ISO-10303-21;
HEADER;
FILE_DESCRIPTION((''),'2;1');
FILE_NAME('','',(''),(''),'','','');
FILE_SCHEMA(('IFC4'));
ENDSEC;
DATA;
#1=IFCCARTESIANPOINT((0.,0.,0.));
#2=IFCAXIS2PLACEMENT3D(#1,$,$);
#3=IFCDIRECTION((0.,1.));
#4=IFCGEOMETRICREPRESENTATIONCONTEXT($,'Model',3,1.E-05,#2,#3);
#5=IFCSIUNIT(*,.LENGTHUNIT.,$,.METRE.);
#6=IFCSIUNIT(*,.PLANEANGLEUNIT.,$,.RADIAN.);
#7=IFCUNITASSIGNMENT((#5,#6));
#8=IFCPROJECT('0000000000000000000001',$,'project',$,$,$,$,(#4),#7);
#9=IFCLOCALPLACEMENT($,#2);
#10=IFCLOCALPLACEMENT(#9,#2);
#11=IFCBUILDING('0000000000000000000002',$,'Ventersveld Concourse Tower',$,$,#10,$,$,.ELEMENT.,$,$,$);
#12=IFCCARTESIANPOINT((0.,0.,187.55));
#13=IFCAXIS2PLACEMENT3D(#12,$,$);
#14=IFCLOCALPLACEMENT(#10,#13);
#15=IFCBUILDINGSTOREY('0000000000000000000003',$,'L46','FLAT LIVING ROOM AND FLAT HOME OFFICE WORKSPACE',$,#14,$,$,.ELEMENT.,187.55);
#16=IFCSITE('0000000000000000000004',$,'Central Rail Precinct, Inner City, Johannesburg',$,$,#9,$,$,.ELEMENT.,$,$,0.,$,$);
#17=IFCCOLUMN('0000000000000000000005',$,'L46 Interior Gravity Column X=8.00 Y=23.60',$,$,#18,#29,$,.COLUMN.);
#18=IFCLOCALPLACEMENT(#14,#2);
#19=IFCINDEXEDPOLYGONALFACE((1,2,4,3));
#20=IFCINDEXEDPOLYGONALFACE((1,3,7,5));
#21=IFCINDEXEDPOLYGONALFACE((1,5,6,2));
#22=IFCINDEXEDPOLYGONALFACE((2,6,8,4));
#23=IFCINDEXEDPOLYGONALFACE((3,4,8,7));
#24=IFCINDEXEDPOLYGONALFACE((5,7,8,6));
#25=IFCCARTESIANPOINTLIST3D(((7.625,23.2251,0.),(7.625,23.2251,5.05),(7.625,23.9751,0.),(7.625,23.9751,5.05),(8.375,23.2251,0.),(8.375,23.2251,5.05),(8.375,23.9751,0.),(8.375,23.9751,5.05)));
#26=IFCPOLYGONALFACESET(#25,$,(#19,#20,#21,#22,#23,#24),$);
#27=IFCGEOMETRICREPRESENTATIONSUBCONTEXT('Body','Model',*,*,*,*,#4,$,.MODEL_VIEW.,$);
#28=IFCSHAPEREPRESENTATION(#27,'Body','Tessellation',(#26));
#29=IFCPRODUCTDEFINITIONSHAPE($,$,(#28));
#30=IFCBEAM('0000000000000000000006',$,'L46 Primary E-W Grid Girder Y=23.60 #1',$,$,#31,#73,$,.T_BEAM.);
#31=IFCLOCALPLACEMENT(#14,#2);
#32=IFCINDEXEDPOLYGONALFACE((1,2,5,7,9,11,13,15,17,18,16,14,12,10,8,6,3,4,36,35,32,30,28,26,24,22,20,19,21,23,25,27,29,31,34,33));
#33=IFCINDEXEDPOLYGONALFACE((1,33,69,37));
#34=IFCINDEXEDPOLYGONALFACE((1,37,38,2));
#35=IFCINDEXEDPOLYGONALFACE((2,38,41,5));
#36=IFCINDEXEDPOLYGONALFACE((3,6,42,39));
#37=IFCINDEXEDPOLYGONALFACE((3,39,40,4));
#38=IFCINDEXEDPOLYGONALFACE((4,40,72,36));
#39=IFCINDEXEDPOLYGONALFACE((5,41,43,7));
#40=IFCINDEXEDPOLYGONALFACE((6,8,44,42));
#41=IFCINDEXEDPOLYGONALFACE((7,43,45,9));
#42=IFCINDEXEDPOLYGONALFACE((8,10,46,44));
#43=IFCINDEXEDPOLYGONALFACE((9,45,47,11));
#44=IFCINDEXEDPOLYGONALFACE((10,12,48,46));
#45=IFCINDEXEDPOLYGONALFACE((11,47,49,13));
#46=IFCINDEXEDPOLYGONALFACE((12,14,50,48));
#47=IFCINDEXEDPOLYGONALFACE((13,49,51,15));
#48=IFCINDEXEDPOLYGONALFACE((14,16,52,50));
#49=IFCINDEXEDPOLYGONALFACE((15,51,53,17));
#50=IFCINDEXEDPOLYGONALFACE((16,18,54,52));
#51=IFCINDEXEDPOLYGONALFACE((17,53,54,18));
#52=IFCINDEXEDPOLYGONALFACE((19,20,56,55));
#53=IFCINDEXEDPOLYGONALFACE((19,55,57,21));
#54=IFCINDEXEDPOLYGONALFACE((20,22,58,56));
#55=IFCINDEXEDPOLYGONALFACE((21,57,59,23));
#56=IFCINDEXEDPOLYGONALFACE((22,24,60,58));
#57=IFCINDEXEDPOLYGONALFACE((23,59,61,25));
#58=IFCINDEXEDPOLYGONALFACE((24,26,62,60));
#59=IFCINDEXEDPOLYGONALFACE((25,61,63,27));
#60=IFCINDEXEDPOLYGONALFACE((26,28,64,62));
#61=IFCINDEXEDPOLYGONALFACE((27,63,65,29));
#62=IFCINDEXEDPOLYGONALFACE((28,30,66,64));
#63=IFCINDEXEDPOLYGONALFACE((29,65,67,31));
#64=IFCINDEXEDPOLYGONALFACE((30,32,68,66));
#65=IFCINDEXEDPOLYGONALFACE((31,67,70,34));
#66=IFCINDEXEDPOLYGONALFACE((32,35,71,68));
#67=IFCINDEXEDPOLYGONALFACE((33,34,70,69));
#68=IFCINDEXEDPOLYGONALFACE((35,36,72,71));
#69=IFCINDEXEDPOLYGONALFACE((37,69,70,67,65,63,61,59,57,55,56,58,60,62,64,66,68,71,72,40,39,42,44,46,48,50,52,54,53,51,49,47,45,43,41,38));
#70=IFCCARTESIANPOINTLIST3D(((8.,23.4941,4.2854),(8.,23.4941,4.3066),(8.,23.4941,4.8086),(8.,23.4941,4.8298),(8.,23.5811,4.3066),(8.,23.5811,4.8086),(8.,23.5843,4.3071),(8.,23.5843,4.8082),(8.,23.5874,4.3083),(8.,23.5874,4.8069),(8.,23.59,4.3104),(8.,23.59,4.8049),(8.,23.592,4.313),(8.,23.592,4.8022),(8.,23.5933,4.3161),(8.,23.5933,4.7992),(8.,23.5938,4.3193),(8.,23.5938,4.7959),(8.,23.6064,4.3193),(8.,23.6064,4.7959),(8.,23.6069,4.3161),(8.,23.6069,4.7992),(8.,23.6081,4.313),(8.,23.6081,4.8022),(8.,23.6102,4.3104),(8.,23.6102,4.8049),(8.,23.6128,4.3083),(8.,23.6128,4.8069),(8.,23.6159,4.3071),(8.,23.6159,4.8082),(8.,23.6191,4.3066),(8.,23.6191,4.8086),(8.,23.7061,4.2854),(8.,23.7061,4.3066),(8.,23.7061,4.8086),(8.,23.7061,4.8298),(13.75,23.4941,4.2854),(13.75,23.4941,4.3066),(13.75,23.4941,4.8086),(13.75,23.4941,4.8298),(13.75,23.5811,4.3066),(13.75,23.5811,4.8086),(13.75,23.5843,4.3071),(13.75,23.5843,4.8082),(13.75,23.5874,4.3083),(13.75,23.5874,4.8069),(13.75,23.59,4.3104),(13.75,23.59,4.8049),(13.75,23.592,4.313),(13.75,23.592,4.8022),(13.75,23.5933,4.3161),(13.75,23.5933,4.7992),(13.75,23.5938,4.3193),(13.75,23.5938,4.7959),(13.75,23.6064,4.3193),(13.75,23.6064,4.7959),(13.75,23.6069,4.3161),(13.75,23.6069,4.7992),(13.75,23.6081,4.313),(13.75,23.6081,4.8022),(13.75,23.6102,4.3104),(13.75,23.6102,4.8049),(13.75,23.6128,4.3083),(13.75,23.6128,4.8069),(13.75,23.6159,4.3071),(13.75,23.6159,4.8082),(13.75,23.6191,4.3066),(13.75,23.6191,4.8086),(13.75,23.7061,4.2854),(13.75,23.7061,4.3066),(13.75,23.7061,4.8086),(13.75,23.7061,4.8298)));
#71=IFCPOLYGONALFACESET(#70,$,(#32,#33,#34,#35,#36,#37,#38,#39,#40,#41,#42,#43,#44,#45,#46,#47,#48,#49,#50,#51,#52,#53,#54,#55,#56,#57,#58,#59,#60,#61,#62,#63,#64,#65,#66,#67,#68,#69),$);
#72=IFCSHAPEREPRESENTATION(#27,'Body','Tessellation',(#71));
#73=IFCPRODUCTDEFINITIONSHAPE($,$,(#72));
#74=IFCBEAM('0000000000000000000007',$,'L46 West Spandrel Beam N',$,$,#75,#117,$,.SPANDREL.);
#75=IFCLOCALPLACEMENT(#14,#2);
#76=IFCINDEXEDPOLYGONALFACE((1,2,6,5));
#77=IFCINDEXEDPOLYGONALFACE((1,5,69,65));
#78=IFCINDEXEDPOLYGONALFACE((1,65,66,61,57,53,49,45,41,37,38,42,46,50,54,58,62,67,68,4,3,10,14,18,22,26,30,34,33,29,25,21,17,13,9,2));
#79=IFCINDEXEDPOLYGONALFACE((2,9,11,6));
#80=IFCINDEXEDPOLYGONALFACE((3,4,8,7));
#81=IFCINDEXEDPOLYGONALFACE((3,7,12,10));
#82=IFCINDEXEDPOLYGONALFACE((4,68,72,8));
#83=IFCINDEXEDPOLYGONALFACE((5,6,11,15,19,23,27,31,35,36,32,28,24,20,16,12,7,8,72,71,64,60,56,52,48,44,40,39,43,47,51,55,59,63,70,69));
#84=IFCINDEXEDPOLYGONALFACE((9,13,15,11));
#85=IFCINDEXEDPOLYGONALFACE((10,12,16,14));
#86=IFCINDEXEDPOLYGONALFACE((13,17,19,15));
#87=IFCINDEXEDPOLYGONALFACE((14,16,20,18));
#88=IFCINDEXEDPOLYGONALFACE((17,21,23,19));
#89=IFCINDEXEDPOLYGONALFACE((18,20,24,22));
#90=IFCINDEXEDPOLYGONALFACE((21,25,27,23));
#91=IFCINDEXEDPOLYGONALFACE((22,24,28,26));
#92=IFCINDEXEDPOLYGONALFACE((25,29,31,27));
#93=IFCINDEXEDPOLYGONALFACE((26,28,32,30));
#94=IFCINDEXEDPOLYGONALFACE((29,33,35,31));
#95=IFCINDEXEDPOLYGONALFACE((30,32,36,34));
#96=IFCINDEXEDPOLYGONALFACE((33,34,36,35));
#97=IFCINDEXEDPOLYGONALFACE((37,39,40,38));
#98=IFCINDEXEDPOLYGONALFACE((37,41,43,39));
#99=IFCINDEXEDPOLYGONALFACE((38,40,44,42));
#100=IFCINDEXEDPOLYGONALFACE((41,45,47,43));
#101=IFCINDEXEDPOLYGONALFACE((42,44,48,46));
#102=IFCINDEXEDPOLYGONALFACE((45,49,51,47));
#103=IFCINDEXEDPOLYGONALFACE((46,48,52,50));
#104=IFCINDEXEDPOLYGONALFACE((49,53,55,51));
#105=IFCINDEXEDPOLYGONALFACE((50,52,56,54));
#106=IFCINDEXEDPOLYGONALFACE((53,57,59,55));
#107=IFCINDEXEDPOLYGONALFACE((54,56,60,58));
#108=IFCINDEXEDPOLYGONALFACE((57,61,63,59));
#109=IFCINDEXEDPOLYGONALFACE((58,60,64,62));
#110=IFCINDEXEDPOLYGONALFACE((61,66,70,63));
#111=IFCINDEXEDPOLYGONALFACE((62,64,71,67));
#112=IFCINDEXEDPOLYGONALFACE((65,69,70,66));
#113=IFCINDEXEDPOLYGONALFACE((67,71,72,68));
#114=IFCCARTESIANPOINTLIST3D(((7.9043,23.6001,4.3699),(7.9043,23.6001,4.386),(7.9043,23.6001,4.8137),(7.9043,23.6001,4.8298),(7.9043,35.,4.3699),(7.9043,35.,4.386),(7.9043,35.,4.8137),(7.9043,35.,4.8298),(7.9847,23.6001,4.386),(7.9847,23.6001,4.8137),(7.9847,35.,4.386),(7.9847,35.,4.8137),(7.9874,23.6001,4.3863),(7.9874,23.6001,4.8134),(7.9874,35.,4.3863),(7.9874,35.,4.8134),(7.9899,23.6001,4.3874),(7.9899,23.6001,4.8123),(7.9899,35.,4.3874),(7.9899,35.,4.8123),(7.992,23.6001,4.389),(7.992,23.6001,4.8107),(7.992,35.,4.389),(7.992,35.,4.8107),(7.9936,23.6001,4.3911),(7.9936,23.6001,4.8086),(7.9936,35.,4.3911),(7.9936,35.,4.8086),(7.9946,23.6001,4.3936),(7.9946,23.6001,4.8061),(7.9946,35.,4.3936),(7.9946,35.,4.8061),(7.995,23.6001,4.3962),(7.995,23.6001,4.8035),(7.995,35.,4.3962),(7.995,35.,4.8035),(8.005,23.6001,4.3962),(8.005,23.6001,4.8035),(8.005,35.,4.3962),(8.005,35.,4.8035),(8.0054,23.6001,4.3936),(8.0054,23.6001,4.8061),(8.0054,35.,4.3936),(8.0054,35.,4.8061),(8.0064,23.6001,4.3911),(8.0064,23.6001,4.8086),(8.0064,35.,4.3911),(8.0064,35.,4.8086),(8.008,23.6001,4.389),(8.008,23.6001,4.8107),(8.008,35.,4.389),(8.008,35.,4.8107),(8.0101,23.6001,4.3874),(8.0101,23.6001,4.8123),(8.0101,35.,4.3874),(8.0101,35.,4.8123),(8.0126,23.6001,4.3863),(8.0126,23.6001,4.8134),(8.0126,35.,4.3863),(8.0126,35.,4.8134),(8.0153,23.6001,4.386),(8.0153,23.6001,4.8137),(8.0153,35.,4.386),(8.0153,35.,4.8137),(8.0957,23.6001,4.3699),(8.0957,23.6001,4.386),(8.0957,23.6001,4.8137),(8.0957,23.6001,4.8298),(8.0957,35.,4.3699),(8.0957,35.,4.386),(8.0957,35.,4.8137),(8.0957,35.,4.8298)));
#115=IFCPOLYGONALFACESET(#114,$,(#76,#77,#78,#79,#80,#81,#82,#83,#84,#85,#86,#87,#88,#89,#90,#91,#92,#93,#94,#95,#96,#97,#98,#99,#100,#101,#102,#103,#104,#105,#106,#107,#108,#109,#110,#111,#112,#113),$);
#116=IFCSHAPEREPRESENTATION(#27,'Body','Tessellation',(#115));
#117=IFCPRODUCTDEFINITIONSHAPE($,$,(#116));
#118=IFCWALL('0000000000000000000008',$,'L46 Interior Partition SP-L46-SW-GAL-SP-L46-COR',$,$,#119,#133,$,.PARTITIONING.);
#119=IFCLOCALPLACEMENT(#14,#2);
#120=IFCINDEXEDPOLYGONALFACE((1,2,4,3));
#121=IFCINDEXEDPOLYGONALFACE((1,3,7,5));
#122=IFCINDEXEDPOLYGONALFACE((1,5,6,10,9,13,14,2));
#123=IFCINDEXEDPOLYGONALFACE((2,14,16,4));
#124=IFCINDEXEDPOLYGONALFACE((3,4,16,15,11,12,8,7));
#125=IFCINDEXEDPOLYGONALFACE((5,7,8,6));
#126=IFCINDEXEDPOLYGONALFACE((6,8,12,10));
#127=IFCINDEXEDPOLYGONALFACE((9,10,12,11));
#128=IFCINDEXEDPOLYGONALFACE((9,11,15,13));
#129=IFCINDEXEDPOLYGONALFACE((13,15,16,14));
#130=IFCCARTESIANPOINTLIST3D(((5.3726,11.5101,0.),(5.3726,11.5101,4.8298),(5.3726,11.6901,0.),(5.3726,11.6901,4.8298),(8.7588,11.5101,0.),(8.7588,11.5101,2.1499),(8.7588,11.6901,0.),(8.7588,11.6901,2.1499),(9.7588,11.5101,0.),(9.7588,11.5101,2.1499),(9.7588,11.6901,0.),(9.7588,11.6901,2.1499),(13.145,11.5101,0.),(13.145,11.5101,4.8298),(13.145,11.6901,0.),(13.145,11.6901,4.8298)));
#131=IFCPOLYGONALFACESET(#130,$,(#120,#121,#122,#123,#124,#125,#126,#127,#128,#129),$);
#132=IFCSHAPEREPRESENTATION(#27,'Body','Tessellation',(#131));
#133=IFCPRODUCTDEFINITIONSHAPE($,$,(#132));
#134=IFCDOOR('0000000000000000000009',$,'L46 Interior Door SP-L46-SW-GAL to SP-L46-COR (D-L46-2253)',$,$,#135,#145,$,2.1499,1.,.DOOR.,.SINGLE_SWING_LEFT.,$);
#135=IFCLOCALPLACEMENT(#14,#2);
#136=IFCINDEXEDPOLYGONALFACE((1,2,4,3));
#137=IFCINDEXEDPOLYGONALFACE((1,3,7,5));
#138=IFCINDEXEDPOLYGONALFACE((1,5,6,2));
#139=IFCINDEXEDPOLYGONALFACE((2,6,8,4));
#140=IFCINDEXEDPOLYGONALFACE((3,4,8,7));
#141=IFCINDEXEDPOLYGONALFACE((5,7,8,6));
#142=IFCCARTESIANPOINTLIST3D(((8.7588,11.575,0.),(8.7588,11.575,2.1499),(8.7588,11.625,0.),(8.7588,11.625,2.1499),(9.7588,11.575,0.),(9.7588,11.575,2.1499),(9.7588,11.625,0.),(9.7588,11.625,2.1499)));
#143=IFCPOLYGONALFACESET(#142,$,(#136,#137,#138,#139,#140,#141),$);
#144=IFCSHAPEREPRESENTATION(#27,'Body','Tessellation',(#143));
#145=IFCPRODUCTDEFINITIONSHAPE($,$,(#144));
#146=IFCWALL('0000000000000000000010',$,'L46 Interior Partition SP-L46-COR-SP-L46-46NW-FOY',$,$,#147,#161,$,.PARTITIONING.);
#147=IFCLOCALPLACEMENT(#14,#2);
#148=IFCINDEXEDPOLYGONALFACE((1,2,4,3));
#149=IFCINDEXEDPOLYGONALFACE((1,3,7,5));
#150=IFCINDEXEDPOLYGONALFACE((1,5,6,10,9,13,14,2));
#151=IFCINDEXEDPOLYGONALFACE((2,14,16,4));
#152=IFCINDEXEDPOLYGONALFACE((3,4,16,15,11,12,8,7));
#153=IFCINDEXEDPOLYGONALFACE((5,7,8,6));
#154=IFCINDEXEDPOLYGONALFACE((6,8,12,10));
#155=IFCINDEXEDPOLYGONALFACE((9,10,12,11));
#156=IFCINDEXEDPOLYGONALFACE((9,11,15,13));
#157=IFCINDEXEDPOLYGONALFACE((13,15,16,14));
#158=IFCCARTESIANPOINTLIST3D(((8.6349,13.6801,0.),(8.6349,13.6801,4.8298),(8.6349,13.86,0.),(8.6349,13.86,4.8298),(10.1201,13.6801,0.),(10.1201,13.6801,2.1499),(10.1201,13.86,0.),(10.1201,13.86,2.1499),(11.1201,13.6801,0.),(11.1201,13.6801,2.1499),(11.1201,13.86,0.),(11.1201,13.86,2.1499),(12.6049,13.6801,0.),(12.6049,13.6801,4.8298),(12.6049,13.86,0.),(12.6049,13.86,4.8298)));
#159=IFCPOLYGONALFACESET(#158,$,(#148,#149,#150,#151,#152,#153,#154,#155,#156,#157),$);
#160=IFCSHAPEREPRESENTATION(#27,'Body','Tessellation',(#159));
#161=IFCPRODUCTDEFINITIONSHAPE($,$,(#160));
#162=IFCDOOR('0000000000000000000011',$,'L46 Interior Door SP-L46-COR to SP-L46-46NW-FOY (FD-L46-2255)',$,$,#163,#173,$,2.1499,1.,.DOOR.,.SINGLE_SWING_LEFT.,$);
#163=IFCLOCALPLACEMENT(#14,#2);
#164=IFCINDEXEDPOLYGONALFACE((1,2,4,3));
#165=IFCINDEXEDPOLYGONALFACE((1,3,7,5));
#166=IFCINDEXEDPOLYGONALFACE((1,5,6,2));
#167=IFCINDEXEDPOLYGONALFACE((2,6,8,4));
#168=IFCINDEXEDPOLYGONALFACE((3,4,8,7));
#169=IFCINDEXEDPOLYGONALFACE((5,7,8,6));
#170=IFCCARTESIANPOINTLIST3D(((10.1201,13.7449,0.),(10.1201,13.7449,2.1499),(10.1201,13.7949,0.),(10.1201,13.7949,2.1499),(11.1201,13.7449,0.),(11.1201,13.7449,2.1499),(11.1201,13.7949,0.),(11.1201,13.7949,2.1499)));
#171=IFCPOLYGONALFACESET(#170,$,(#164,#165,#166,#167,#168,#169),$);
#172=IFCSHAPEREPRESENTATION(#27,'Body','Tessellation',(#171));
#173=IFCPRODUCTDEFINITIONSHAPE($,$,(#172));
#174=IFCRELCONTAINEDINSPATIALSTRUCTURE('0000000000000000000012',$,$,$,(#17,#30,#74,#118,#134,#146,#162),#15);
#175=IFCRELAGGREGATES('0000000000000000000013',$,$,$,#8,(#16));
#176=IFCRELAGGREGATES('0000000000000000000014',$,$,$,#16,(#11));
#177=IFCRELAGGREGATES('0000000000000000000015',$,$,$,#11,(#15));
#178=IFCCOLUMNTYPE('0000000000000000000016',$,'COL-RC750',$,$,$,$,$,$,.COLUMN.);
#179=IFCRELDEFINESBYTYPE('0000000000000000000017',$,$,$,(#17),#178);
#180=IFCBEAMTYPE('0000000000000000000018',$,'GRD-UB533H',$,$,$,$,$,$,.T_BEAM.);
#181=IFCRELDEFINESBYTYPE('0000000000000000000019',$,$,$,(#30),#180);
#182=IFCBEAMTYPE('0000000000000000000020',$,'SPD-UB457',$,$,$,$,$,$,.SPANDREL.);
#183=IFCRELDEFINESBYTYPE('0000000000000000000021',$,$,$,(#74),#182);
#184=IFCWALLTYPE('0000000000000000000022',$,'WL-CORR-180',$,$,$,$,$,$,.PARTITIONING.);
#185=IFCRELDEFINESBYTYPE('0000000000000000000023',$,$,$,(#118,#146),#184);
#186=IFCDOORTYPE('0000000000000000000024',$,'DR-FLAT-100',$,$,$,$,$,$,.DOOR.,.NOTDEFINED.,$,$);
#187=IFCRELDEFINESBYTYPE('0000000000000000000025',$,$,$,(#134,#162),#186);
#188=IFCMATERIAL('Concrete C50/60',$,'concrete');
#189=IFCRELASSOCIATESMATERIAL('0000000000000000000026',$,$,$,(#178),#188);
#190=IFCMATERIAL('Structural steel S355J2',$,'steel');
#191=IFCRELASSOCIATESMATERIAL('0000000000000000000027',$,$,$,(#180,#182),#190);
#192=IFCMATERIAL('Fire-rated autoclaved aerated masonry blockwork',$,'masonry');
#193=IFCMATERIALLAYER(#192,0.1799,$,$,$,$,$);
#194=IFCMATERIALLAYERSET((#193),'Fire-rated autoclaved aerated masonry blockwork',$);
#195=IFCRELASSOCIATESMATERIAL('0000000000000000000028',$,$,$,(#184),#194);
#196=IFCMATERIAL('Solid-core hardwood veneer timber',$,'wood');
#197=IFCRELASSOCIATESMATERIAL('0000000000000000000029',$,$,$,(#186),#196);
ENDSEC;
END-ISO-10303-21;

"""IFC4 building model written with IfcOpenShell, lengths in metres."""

from ifc_helpers import new_model, si_unit, direction, frame, frame_2d, origin, origin_2d, place, context, subcontext, project, spatial, rectangle, i_section, extrude, material, layer, layer_set, material_profile, profile_set, type_object, element, fill, save


model = new_model("IFC4")

# Units and contexts
model_context = context("Model", 3, precision=1e-05, world=origin(), true_north=direction((0.0, 1.0)))
body_context = subcontext(model_context, "Body", "Model", "MODEL_VIEW")
ifc_project = project(units=[si_unit("LENGTHUNIT", "METRE"), si_unit("PLANEANGLEUNIT", "RADIAN")], contexts=[model_context])

# Site, building, storey
site_placement = place(None, origin())
site = spatial("IfcSite", under=ifc_project, at=site_placement, Name="Central Rail Precinct, Inner City, Johannesburg", CompositionType="ELEMENT", RefElevation=0.0)
building_placement = place(site_placement, origin())
building = spatial("IfcBuilding", under=site, at=building_placement, Name="Ventersveld Concourse Tower", CompositionType="ELEMENT")
storey_placement = place(building_placement, frame((0.0, 0.0, 187.55)))
storey = spatial("IfcBuildingStorey", under=building, at=storey_placement, Name="L46", Description="FLAT LIVING ROOM AND FLAT HOME OFFICE WORKSPACE", CompositionType="ELEMENT", Elevation=187.55)

# Column
ifc_material_1 = material(Name="Concrete C50/60", Category="concrete")
ifc_material_profile_1 = material_profile(ifc_material_1, rectangle(XDim=0.75, YDim=0.75, at=origin_2d()), Name="RC 750x750")
ifc_profile_set_1 = profile_set([ifc_material_profile_1], Name="Concrete C50/60")
column_type = type_object("IfcColumnType", Name="COL-RC750", PredefinedType="COLUMN", material=ifc_profile_set_1)
column_placement = place(storey_placement, frame((8.0, 23.6001, 0.0), z_axis=(0.0, 0.0, 1.0), x_axis=(1.0, 0.0, 0.0)))
element("IfcColumn", 1, at=column_placement, inside=storey, type_object=column_type, Name="L46 Interior Gravity Column X=8.00 Y=23.60", PredefinedType="COLUMN", context=body_context, shape_type="SweptSolid", body=[
    extrude(rectangle(XDim=0.75, YDim=0.75, at=origin_2d()), origin(), (0.0, 0.0, 1.0), 5.05),
])

# Beams
ifc_material_2 = material(Name="Structural steel S355J2", Category="steel")
ifc_material_profile_2 = material_profile(ifc_material_2, i_section(OverallWidth=0.2119, OverallDepth=0.5444, WebThickness=0.0127, FlangeThickness=0.0212, FilletRadius=0.0127, at=origin_2d()), Name="UB 533x210x122")
ifc_profile_set_2 = profile_set([ifc_material_profile_2], Name="Structural steel S355J2")
beam_type_1 = type_object("IfcBeamType", Name="GRD-UB533H", PredefinedType="T_BEAM", material=ifc_profile_set_2)
beam_1_placement = place(storey_placement, frame((8.0, 23.6001, 4.5576), z_axis=(1.0, 0.0, 0.0), x_axis=(0.0, 1.0, 0.0)))
element("IfcBeam", 2, at=beam_1_placement, inside=storey, type_object=beam_type_1, Name="L46 Primary E-W Grid Girder Y=23.60 #1", PredefinedType="T_BEAM", context=body_context, shape_type="SweptSolid", body=[
    extrude(i_section(OverallWidth=0.2119, OverallDepth=0.5444, WebThickness=0.0127, FlangeThickness=0.0212, FilletRadius=0.0127, at=origin_2d()), origin(), (0.0, 0.0, 1.0), 5.75),
])
ifc_material_profile_3 = material_profile(ifc_material_2, i_section(OverallWidth=0.1914, OverallDepth=0.46, WebThickness=0.01, FlangeThickness=0.0161, FilletRadius=0.0103, at=origin_2d()), Name="UB 457x191x82")
ifc_profile_set_3 = profile_set([ifc_material_profile_3], Name="Structural steel S355J2")
beam_type_2 = type_object("IfcBeamType", Name="SPD-UB457", PredefinedType="SPANDREL", material=ifc_profile_set_3)
beam_2_placement = place(storey_placement, frame((8.0, 23.6001, 4.5999), z_axis=(0.0, 1.0, 0.0), x_axis=(-1.0, 0.0, 0.0)))
element("IfcBeam", 3, at=beam_2_placement, inside=storey, type_object=beam_type_2, Name="L46 West Spandrel Beam N", PredefinedType="SPANDREL", context=body_context, shape_type="SweptSolid", body=[
    extrude(i_section(OverallWidth=0.1914, OverallDepth=0.46, WebThickness=0.01, FlangeThickness=0.0161, FilletRadius=0.0103, at=origin_2d()), origin(), (0.0, 0.0, 1.0), 11.3999),
])

# Walls, openings, doors
ifc_material_3 = material(Name="Fire-rated autoclaved aerated masonry blockwork", Category="masonry")
ifc_layer_1 = layer(ifc_material_3, 0.1799)
ifc_layer_set_1 = layer_set([ifc_layer_1], Name="Fire-rated autoclaved aerated masonry blockwork")
wall_type_1 = type_object("IfcWallType", Name="WL-CORR-180", PredefinedType="PARTITIONING", material=ifc_layer_set_1)
wall_1_placement = place(storey_placement, frame((5.3726, 11.6001, 0.0), z_axis=(0.0, 0.0, 1.0), x_axis=(1.0, 0.0, 0.0)))
wall_1 = element("IfcWall", 4, at=wall_1_placement, inside=storey, type_object=wall_type_1, Name="L46 Interior Partition SP-L46-SW-GAL-SP-L46-COR", PredefinedType="PARTITIONING", context=body_context, shape_type="SweptSolid", body=[
    extrude(rectangle(XDim=7.7725, YDim=0.1799, at=frame_2d((3.8862, 0.0))), origin(), (0.0, 0.0, 1.0), 4.8298),
])
opening_1_placement = place(wall_1_placement, frame((3.3862, 0.0, 0.0)))
opening_1 = element("IfcOpeningElement", 5, at=opening_1_placement, cuts=wall_1, PredefinedType="OPENING", context=body_context, shape_type="SweptSolid", body=[
    extrude(rectangle(XDim=1.0, YDim=2.1499, at=frame_2d((0.5, 1.075))), frame((0.0, 0.1001, 0.0), z_axis=(0.0, -1.0, 0.0), x_axis=(1.0, 0.0, 0.0)), (0.0, 0.0, 1.0), 0.2),
])
ifc_material_4 = material(Name="Solid-core hardwood veneer timber", Category="wood")
door_type_1 = type_object("IfcDoorType", Name="DR-FLAT-100", OperationType="NOTDEFINED", PredefinedType="DOOR", material=ifc_material_4)
door_1_placement = place(opening_1_placement, origin())
door_1 = element("IfcDoor", 6, at=door_1_placement, inside=storey, type_object=door_type_1, Name="L46 Interior Door SP-L46-SW-GAL to SP-L46-COR (D-L46-2253)", OperationType="SINGLE_SWING_LEFT", OverallHeight=2.1499, OverallWidth=1.0, PredefinedType="DOOR", context=body_context, shape_type="SweptSolid", body=[
    extrude(rectangle(XDim=1.0, YDim=2.1499, at=frame_2d((0.5, 1.075))), frame((0.0, 0.0249, 0.0), z_axis=(0.0, -1.0, 0.0), x_axis=(1.0, 0.0, 0.0)), (0.0, 0.0, 1.0), 0.05),
])
fill(opening_1, door_1)
wall_2_placement = place(storey_placement, frame((8.635, 13.77, 0.0), z_axis=(0.0, 0.0, 1.0), x_axis=(1.0, 0.0, 0.0)))
wall_2 = element("IfcWall", 7, at=wall_2_placement, inside=storey, type_object=wall_type_1, Name="L46 Interior Partition SP-L46-COR-SP-L46-46NW-FOY", PredefinedType="PARTITIONING", context=body_context, shape_type="SweptSolid", body=[
    extrude(rectangle(XDim=3.97, YDim=0.1799, at=frame_2d((1.9849, 0.0))), origin(), (0.0, 0.0, 1.0), 4.8298),
])
opening_2_placement = place(wall_2_placement, frame((1.4851, 0.0, 0.0)))
opening_2 = element("IfcOpeningElement", 8, at=opening_2_placement, cuts=wall_2, PredefinedType="OPENING", context=body_context, shape_type="SweptSolid", body=[
    extrude(rectangle(XDim=1.0, YDim=2.1499, at=frame_2d((0.5, 1.075))), frame((0.0, 0.1001, 0.0), z_axis=(0.0, -1.0, 0.0), x_axis=(1.0, 0.0, 0.0)), (0.0, 0.0, 1.0), 0.2),
])
door_2_placement = place(opening_2_placement, origin())
door_2 = element("IfcDoor", 9, at=door_2_placement, inside=storey, type_object=door_type_1, Name="L46 Interior Door SP-L46-COR to SP-L46-46NW-FOY (FD-L46-2255)", OperationType="SINGLE_SWING_LEFT", OverallHeight=2.1499, OverallWidth=1.0, PredefinedType="DOOR", context=body_context, shape_type="SweptSolid", body=[
    extrude(rectangle(XDim=1.0, YDim=2.1499, at=frame_2d((0.5, 1.075))), frame((0.0, 0.0249, 0.0), z_axis=(0.0, -1.0, 0.0), x_axis=(1.0, 0.0, 0.0)), (0.0, 0.0, 1.0), 0.05),
])
fill(opening_2, door_2)

save(model, "model.ifc")
